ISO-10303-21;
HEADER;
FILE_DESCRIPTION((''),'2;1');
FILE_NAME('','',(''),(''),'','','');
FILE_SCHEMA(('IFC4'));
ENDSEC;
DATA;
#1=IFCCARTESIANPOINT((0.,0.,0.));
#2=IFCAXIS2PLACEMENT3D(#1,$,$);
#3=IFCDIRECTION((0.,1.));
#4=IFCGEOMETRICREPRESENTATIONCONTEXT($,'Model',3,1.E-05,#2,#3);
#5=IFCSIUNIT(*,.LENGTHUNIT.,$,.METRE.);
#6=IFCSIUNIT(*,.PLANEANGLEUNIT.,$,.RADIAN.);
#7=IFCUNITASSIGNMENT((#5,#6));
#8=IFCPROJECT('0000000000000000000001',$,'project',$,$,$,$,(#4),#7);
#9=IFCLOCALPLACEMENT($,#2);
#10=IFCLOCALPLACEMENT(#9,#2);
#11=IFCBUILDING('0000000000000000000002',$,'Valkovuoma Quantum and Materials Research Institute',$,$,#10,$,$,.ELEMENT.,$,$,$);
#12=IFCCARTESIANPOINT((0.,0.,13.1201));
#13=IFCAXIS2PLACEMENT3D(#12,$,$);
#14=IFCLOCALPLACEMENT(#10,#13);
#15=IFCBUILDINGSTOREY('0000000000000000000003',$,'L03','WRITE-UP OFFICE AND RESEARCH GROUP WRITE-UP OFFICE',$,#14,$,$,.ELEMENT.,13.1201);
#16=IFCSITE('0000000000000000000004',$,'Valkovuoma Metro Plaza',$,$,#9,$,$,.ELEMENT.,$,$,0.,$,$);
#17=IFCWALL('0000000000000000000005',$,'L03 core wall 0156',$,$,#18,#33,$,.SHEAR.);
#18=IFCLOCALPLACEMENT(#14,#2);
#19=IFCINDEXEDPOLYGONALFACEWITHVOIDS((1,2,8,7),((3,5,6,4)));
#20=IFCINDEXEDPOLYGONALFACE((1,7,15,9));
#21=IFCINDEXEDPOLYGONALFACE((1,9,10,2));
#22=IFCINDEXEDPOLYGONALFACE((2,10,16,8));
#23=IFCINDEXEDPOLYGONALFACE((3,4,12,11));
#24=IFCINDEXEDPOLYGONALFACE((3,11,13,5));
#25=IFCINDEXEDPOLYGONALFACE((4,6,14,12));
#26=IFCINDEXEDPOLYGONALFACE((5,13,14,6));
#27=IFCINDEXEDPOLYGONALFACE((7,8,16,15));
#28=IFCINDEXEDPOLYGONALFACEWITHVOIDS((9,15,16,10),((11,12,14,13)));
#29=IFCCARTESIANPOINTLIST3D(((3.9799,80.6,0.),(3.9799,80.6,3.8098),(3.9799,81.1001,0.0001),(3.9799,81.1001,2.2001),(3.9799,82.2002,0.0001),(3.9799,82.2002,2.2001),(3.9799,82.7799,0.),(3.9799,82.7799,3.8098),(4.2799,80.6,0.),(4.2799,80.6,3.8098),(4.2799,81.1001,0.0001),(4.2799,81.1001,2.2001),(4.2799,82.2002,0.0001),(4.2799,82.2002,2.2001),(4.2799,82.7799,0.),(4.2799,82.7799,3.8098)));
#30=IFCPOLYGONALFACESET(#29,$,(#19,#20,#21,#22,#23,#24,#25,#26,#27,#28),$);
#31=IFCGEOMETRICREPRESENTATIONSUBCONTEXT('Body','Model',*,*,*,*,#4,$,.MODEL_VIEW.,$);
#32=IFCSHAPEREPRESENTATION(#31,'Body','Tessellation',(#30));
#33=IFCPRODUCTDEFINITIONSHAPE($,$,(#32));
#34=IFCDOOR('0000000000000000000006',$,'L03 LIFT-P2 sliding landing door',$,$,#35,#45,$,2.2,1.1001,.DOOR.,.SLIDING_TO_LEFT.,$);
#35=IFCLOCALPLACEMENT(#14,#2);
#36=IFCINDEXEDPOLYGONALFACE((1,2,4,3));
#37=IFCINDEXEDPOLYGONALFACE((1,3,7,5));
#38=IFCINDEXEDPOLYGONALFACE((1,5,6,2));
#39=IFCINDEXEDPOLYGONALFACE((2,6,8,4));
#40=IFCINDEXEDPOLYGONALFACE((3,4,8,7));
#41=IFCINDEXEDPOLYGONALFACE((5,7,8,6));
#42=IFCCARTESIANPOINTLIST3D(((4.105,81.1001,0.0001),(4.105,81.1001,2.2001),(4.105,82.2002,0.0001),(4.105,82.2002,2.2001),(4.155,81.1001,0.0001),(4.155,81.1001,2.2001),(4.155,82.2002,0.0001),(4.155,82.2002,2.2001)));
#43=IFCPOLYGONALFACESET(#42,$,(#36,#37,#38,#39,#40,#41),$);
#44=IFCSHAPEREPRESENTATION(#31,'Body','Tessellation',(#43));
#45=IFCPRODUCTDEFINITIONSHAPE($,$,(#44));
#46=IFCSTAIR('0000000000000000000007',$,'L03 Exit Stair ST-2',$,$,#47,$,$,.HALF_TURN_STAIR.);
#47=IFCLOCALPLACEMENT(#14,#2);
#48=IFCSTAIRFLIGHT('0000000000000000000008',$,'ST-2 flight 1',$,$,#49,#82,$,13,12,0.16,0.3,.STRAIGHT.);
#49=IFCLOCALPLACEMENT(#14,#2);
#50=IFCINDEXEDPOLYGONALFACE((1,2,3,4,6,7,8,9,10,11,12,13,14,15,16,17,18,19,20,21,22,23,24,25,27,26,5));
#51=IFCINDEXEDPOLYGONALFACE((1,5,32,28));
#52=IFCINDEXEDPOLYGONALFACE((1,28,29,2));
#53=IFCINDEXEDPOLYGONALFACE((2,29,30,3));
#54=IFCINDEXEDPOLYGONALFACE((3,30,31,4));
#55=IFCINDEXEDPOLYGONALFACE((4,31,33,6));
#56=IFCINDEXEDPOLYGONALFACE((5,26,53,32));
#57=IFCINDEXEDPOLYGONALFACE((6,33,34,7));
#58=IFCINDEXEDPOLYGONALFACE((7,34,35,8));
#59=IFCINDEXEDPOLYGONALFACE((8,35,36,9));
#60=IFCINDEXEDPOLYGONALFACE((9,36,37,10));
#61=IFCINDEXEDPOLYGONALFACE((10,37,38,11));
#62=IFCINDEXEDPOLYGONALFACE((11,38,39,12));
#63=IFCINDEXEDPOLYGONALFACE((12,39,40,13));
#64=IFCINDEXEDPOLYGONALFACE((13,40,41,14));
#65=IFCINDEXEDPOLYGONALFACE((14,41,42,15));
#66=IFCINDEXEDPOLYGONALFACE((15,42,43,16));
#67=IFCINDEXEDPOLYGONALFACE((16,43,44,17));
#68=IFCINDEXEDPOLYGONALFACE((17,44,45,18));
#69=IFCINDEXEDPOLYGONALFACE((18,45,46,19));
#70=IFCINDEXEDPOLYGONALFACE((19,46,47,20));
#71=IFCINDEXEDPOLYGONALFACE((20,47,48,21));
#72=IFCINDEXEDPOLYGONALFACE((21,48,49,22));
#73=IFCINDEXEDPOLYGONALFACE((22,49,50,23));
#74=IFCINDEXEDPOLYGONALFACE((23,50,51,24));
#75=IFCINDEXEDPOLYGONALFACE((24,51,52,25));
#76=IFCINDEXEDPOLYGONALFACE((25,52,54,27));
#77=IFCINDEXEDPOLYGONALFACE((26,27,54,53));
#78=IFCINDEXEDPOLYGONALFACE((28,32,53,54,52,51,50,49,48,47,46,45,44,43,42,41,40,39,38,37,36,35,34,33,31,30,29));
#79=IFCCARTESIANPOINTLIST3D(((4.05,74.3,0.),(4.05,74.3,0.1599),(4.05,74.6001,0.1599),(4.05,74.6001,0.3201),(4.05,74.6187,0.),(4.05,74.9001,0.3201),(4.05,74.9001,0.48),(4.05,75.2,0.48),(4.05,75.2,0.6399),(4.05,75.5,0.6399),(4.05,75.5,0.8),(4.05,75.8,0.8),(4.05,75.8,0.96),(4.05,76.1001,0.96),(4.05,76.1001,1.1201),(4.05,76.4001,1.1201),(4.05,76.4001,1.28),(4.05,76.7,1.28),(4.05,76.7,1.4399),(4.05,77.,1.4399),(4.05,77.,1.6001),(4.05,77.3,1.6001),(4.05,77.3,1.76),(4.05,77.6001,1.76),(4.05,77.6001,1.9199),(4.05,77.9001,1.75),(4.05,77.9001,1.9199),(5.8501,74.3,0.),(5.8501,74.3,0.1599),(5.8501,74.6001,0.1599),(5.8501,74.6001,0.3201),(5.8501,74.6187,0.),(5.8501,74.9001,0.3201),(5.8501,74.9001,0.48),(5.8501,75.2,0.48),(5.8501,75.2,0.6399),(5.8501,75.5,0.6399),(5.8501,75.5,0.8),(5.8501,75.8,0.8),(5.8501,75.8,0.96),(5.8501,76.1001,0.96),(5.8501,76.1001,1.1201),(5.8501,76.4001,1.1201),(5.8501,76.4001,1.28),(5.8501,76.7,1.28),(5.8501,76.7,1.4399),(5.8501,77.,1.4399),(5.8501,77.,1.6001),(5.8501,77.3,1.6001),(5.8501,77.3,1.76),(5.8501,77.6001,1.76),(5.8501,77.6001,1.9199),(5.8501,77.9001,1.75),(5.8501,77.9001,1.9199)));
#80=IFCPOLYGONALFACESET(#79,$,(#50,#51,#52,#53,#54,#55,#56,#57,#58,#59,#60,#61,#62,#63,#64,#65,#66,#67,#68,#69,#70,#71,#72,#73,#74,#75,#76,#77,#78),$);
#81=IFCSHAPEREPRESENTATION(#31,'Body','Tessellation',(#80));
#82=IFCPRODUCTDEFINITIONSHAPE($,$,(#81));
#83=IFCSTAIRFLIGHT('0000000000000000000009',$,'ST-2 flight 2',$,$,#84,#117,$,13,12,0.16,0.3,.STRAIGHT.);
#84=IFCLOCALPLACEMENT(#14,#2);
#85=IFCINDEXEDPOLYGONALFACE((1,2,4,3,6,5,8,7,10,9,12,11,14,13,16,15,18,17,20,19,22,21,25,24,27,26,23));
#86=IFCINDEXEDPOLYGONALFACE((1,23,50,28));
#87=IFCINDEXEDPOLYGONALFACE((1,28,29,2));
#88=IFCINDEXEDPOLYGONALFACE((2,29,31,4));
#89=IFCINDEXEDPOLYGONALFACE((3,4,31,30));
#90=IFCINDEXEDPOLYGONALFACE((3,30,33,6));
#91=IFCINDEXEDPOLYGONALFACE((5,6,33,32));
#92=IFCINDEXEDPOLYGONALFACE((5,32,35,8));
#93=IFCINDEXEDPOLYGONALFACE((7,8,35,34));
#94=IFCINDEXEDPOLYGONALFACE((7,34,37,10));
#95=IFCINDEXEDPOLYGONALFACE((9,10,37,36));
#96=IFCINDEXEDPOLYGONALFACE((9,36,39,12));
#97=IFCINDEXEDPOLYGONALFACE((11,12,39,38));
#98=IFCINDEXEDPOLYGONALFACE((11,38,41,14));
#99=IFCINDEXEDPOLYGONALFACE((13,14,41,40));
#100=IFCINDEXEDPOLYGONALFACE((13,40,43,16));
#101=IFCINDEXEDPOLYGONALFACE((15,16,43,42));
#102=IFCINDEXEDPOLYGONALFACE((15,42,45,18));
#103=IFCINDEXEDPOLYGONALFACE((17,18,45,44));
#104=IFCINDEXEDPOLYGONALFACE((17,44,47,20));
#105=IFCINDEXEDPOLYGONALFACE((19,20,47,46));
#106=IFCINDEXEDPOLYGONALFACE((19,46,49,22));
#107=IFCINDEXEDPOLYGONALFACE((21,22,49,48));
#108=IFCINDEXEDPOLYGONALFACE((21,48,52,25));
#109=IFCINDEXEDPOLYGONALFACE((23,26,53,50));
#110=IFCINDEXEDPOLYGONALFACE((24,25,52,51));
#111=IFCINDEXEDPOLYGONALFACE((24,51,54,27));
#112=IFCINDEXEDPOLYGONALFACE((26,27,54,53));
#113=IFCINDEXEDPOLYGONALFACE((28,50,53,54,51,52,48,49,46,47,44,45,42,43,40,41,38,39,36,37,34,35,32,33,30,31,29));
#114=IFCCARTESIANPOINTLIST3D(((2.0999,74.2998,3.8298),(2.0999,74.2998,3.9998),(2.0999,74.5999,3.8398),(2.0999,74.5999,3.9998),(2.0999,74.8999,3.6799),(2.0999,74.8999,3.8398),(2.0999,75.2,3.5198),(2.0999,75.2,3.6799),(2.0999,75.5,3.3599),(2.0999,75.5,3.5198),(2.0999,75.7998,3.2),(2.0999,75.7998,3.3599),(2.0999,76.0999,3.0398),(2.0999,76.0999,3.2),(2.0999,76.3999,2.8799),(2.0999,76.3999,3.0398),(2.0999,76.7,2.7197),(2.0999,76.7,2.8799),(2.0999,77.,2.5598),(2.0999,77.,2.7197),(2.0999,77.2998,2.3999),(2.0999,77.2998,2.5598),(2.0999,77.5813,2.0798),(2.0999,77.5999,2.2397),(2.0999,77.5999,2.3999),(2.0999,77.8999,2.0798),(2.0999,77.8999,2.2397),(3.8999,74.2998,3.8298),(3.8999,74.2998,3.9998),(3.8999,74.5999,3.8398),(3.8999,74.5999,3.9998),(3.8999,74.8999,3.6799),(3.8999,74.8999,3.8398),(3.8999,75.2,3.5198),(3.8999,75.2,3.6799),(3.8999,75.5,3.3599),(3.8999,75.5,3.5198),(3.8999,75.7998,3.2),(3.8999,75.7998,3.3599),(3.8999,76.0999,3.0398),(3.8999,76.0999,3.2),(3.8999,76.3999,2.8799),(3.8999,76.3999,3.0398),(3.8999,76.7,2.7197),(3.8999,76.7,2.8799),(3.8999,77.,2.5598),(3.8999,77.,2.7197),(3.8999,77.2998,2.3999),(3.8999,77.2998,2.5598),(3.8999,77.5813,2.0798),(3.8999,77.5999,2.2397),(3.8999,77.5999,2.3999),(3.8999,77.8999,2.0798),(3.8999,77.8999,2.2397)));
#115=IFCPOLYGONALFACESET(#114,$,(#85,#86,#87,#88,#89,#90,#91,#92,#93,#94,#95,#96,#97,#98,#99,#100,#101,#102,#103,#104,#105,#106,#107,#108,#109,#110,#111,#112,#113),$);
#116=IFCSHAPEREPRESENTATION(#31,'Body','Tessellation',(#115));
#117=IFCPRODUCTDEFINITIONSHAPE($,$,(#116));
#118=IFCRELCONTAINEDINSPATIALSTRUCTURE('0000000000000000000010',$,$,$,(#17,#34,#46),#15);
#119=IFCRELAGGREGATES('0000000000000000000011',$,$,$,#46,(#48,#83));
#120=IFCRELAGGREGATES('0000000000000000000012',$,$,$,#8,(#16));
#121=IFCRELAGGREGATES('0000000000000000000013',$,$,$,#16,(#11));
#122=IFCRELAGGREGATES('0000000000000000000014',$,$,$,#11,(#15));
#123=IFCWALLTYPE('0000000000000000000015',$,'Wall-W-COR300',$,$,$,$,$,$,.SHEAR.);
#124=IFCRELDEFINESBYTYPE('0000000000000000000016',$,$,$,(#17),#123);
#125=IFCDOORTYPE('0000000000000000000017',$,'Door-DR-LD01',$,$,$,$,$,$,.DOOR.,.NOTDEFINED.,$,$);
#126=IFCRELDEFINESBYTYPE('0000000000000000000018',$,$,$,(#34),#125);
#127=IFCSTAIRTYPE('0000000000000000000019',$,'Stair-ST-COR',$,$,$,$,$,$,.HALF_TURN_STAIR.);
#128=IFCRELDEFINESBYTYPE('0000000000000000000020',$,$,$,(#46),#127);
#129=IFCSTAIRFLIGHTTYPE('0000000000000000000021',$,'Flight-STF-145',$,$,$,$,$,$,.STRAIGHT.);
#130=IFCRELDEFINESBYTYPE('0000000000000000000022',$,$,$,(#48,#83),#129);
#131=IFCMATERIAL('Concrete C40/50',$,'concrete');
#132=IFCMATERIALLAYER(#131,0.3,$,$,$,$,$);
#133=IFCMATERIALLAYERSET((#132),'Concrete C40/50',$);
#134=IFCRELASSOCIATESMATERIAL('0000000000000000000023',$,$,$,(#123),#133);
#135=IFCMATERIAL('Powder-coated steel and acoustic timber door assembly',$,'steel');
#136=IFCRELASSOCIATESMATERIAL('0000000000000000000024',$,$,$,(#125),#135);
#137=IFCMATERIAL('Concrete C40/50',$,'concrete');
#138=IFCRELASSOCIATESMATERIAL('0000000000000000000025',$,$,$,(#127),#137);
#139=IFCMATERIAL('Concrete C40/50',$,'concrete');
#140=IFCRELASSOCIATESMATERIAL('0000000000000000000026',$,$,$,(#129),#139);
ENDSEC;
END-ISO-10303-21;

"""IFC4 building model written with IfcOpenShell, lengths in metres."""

from ifc_helpers import new_model, si_unit, direction, frame, frame_2d, origin, place, context, subcontext, project, spatial, polyline, rectangle, outline, extrude, material, layer, layer_set, type_object, element, fill, aggregate, save


model = new_model("IFC4")

# Units and contexts
model_context = context("Model", 3, precision=1e-05, world=origin(), true_north=direction((0.0, 1.0)))
body_context = subcontext(model_context, "Body", "Model", "MODEL_VIEW")
ifc_project = project(units=[si_unit("LENGTHUNIT", "METRE"), si_unit("PLANEANGLEUNIT", "RADIAN")], contexts=[model_context])

# Site, building, storey
site_placement = place(None, origin())
site = spatial("IfcSite", under=ifc_project, at=site_placement, Name="Valkovuoma Metro Plaza", CompositionType="ELEMENT", RefElevation=0.0)
building_placement = place(site_placement, origin())
building = spatial("IfcBuilding", under=site, at=building_placement, Name="Valkovuoma Quantum and Materials Research Institute", CompositionType="ELEMENT")
storey_placement = place(building_placement, frame((0.0, 0.0, 13.1201)))
storey = spatial("IfcBuildingStorey", under=building, at=storey_placement, Name="L03", Description="WRITE-UP OFFICE AND RESEARCH GROUP WRITE-UP OFFICE", CompositionType="ELEMENT", Elevation=13.1201)

# Shared definitions
ifc_material_1 = material(Name="Concrete C40/50", Category="concrete")
ifc_layer_1 = layer(ifc_material_1, 0.3)
ifc_layer_set_1 = layer_set([ifc_layer_1], Name="Concrete C40/50")
wall_type = type_object("IfcWallType", Name="Wall-W-COR300", PredefinedType="SHEAR", material=ifc_layer_set_1)

# Wall, opening, door
wall_1_placement = place(storey_placement, frame((4.1299, 80.6001, 0.0), z_axis=(0.0, 0.0, 1.0), x_axis=(0.0, 1.0, 0.0)))
wall_1 = element("IfcWall", 1, at=wall_1_placement, inside=storey, type_object=wall_type, Name="L03 core wall 0156", PredefinedType="SHEAR", context=body_context, shape_type="SweptSolid", body=[
    extrude(rectangle(XDim=2.1799, YDim=0.3, at=frame_2d((1.0898, 0.0))), origin(), (0.0, 0.0, 1.0), 3.8098),
])
opening_1_placement = place(wall_1_placement, frame((0.5, 0.0, 0.0)))
opening_1 = element("IfcOpeningElement", 2, at=opening_1_placement, cuts=wall_1, PredefinedType="OPENING", context=body_context, shape_type="SweptSolid", body=[
    extrude(rectangle(XDim=1.1001, YDim=2.2, at=frame_2d((0.55, 1.1001))), frame((0.0, 0.1602, 0.0), z_axis=(0.0, -1.0, 0.0), x_axis=(1.0, 0.0, 0.0)), (0.0, 0.0, 1.0), 0.3201),
])
ifc_material_2 = material(Name="Powder-coated steel and acoustic timber door assembly", Category="steel")
door_type_1 = type_object("IfcDoorType", Name="Door-DR-LD01", OperationType="NOTDEFINED", PredefinedType="DOOR", material=ifc_material_2)
door_1_placement = place(opening_1_placement, origin())
door_1 = element("IfcDoor", 3, at=door_1_placement, inside=storey, type_object=door_type_1, Name="L03 LIFT-P2 sliding landing door", OperationType="SLIDING_TO_LEFT", OverallHeight=2.2, OverallWidth=1.1001, PredefinedType="DOOR", context=body_context, shape_type="SweptSolid", body=[
    extrude(rectangle(XDim=1.1001, YDim=2.2, at=frame_2d((0.55, 1.1001))), frame((0.0, 0.0249, 0.0), z_axis=(0.0, -1.0, 0.0), x_axis=(1.0, 0.0, 0.0)), (0.0, 0.0, 1.0), 0.05),
])
fill(opening_1, door_1)

# Stair, stair flights
ifc_material_3 = material(Name="Concrete C40/50", Category="concrete")
stair_type = type_object("IfcStairType", Name="Stair-ST-COR", PredefinedType="HALF_TURN_STAIR", material=ifc_material_3)
stair_placement = place(storey_placement, origin())
stair = element("IfcStair", 4, at=stair_placement, inside=storey, type_object=stair_type, Name="L03 Exit Stair ST-2", PredefinedType="HALF_TURN_STAIR")
ifc_material_4 = material(Name="Concrete C40/50", Category="concrete")
stair_flight_type = type_object("IfcStairFlightType", Name="Flight-STF-145", PredefinedType="STRAIGHT", material=ifc_material_4)
stair_flight_1_placement = place(storey_placement, frame((4.95, 74.3, 0.0), z_axis=(0.0, 0.0, 1.0), x_axis=(0.0, 1.0, 0.0)))
stair_flight_1 = element("IfcStairFlight", 5, at=stair_flight_1_placement, type_object=stair_flight_type, Name="ST-2 flight 1", NumberOfRisers=13, NumberOfTreads=12, PredefinedType="STRAIGHT", RiserHeight=0.16, TreadLength=0.3, context=body_context, shape_type="SweptSolid", body=[
    extrude(outline(polyline([(0.0, 0.0), (0.0, 0.1599), (0.3, 0.1599), (0.3, 0.3201), (0.6001, 0.3201), (0.6001, 0.48), (0.8999, 0.48), (0.8999, 0.6399), (1.2, 0.6399), (1.2, 0.8), (1.5, 0.8), (1.5, 0.96), (1.8, 0.96), (1.8, 1.1201), (2.1001, 1.1201), (2.1001, 1.28), (2.3999, 1.28), (2.3999, 1.4399), (2.7, 1.4399), (2.7, 1.6001), (3.0, 1.6001), (3.0, 1.76), (3.3, 1.76), (3.3, 1.9199), (3.6001, 1.9199), (3.6001, 2.0801), (3.6001, 1.75), (0.3186, 0.0), (0.0, 0.0)])), frame((0.0, 0.8999, 0.0), z_axis=(0.0, -1.0, 0.0), x_axis=(1.0, 0.0, 0.0)), (0.0, 0.0, 1.0), 1.8),
])
stair_flight_2_placement = place(storey_placement, frame((3.0, 77.8999, 2.0798), z_axis=(0.0, 0.0, 1.0), x_axis=(0.0, -1.0, 0.0)))
stair_flight_2 = element("IfcStairFlight", 6, at=stair_flight_2_placement, type_object=stair_flight_type, Name="ST-2 flight 2", NumberOfRisers=13, NumberOfTreads=12, PredefinedType="STRAIGHT", RiserHeight=0.16, TreadLength=0.3, context=body_context, shape_type="SweptSolid", body=[
    extrude(outline(polyline([(0.0, 0.0), (0.0, 0.1599), (0.3, 0.1599), (0.3, 0.3201), (0.6001, 0.3201), (0.6001, 0.48), (0.8999, 0.48), (0.8999, 0.6399), (1.2, 0.6399), (1.2, 0.8), (1.5, 0.8), (1.5, 0.96), (1.8, 0.96), (1.8, 1.1201), (2.1001, 1.1201), (2.1001, 1.28), (2.3999, 1.28), (2.3999, 1.4399), (2.7, 1.4399), (2.7, 1.6001), (3.0, 1.6001), (3.0, 1.76), (3.3, 1.76), (3.3, 1.9199), (3.6001, 1.9199), (3.6001, 2.0801), (3.6001, 1.75), (0.3186, 0.0), (0.0, 0.0)])), frame((0.0, 0.8999, 0.0), z_axis=(0.0, -1.0, 0.0), x_axis=(1.0, 0.0, 0.0)), (0.0, 0.0, 1.0), 1.8),
])
aggregate(stair, [stair_flight_1, stair_flight_2])

save(model, "model.ifc")
